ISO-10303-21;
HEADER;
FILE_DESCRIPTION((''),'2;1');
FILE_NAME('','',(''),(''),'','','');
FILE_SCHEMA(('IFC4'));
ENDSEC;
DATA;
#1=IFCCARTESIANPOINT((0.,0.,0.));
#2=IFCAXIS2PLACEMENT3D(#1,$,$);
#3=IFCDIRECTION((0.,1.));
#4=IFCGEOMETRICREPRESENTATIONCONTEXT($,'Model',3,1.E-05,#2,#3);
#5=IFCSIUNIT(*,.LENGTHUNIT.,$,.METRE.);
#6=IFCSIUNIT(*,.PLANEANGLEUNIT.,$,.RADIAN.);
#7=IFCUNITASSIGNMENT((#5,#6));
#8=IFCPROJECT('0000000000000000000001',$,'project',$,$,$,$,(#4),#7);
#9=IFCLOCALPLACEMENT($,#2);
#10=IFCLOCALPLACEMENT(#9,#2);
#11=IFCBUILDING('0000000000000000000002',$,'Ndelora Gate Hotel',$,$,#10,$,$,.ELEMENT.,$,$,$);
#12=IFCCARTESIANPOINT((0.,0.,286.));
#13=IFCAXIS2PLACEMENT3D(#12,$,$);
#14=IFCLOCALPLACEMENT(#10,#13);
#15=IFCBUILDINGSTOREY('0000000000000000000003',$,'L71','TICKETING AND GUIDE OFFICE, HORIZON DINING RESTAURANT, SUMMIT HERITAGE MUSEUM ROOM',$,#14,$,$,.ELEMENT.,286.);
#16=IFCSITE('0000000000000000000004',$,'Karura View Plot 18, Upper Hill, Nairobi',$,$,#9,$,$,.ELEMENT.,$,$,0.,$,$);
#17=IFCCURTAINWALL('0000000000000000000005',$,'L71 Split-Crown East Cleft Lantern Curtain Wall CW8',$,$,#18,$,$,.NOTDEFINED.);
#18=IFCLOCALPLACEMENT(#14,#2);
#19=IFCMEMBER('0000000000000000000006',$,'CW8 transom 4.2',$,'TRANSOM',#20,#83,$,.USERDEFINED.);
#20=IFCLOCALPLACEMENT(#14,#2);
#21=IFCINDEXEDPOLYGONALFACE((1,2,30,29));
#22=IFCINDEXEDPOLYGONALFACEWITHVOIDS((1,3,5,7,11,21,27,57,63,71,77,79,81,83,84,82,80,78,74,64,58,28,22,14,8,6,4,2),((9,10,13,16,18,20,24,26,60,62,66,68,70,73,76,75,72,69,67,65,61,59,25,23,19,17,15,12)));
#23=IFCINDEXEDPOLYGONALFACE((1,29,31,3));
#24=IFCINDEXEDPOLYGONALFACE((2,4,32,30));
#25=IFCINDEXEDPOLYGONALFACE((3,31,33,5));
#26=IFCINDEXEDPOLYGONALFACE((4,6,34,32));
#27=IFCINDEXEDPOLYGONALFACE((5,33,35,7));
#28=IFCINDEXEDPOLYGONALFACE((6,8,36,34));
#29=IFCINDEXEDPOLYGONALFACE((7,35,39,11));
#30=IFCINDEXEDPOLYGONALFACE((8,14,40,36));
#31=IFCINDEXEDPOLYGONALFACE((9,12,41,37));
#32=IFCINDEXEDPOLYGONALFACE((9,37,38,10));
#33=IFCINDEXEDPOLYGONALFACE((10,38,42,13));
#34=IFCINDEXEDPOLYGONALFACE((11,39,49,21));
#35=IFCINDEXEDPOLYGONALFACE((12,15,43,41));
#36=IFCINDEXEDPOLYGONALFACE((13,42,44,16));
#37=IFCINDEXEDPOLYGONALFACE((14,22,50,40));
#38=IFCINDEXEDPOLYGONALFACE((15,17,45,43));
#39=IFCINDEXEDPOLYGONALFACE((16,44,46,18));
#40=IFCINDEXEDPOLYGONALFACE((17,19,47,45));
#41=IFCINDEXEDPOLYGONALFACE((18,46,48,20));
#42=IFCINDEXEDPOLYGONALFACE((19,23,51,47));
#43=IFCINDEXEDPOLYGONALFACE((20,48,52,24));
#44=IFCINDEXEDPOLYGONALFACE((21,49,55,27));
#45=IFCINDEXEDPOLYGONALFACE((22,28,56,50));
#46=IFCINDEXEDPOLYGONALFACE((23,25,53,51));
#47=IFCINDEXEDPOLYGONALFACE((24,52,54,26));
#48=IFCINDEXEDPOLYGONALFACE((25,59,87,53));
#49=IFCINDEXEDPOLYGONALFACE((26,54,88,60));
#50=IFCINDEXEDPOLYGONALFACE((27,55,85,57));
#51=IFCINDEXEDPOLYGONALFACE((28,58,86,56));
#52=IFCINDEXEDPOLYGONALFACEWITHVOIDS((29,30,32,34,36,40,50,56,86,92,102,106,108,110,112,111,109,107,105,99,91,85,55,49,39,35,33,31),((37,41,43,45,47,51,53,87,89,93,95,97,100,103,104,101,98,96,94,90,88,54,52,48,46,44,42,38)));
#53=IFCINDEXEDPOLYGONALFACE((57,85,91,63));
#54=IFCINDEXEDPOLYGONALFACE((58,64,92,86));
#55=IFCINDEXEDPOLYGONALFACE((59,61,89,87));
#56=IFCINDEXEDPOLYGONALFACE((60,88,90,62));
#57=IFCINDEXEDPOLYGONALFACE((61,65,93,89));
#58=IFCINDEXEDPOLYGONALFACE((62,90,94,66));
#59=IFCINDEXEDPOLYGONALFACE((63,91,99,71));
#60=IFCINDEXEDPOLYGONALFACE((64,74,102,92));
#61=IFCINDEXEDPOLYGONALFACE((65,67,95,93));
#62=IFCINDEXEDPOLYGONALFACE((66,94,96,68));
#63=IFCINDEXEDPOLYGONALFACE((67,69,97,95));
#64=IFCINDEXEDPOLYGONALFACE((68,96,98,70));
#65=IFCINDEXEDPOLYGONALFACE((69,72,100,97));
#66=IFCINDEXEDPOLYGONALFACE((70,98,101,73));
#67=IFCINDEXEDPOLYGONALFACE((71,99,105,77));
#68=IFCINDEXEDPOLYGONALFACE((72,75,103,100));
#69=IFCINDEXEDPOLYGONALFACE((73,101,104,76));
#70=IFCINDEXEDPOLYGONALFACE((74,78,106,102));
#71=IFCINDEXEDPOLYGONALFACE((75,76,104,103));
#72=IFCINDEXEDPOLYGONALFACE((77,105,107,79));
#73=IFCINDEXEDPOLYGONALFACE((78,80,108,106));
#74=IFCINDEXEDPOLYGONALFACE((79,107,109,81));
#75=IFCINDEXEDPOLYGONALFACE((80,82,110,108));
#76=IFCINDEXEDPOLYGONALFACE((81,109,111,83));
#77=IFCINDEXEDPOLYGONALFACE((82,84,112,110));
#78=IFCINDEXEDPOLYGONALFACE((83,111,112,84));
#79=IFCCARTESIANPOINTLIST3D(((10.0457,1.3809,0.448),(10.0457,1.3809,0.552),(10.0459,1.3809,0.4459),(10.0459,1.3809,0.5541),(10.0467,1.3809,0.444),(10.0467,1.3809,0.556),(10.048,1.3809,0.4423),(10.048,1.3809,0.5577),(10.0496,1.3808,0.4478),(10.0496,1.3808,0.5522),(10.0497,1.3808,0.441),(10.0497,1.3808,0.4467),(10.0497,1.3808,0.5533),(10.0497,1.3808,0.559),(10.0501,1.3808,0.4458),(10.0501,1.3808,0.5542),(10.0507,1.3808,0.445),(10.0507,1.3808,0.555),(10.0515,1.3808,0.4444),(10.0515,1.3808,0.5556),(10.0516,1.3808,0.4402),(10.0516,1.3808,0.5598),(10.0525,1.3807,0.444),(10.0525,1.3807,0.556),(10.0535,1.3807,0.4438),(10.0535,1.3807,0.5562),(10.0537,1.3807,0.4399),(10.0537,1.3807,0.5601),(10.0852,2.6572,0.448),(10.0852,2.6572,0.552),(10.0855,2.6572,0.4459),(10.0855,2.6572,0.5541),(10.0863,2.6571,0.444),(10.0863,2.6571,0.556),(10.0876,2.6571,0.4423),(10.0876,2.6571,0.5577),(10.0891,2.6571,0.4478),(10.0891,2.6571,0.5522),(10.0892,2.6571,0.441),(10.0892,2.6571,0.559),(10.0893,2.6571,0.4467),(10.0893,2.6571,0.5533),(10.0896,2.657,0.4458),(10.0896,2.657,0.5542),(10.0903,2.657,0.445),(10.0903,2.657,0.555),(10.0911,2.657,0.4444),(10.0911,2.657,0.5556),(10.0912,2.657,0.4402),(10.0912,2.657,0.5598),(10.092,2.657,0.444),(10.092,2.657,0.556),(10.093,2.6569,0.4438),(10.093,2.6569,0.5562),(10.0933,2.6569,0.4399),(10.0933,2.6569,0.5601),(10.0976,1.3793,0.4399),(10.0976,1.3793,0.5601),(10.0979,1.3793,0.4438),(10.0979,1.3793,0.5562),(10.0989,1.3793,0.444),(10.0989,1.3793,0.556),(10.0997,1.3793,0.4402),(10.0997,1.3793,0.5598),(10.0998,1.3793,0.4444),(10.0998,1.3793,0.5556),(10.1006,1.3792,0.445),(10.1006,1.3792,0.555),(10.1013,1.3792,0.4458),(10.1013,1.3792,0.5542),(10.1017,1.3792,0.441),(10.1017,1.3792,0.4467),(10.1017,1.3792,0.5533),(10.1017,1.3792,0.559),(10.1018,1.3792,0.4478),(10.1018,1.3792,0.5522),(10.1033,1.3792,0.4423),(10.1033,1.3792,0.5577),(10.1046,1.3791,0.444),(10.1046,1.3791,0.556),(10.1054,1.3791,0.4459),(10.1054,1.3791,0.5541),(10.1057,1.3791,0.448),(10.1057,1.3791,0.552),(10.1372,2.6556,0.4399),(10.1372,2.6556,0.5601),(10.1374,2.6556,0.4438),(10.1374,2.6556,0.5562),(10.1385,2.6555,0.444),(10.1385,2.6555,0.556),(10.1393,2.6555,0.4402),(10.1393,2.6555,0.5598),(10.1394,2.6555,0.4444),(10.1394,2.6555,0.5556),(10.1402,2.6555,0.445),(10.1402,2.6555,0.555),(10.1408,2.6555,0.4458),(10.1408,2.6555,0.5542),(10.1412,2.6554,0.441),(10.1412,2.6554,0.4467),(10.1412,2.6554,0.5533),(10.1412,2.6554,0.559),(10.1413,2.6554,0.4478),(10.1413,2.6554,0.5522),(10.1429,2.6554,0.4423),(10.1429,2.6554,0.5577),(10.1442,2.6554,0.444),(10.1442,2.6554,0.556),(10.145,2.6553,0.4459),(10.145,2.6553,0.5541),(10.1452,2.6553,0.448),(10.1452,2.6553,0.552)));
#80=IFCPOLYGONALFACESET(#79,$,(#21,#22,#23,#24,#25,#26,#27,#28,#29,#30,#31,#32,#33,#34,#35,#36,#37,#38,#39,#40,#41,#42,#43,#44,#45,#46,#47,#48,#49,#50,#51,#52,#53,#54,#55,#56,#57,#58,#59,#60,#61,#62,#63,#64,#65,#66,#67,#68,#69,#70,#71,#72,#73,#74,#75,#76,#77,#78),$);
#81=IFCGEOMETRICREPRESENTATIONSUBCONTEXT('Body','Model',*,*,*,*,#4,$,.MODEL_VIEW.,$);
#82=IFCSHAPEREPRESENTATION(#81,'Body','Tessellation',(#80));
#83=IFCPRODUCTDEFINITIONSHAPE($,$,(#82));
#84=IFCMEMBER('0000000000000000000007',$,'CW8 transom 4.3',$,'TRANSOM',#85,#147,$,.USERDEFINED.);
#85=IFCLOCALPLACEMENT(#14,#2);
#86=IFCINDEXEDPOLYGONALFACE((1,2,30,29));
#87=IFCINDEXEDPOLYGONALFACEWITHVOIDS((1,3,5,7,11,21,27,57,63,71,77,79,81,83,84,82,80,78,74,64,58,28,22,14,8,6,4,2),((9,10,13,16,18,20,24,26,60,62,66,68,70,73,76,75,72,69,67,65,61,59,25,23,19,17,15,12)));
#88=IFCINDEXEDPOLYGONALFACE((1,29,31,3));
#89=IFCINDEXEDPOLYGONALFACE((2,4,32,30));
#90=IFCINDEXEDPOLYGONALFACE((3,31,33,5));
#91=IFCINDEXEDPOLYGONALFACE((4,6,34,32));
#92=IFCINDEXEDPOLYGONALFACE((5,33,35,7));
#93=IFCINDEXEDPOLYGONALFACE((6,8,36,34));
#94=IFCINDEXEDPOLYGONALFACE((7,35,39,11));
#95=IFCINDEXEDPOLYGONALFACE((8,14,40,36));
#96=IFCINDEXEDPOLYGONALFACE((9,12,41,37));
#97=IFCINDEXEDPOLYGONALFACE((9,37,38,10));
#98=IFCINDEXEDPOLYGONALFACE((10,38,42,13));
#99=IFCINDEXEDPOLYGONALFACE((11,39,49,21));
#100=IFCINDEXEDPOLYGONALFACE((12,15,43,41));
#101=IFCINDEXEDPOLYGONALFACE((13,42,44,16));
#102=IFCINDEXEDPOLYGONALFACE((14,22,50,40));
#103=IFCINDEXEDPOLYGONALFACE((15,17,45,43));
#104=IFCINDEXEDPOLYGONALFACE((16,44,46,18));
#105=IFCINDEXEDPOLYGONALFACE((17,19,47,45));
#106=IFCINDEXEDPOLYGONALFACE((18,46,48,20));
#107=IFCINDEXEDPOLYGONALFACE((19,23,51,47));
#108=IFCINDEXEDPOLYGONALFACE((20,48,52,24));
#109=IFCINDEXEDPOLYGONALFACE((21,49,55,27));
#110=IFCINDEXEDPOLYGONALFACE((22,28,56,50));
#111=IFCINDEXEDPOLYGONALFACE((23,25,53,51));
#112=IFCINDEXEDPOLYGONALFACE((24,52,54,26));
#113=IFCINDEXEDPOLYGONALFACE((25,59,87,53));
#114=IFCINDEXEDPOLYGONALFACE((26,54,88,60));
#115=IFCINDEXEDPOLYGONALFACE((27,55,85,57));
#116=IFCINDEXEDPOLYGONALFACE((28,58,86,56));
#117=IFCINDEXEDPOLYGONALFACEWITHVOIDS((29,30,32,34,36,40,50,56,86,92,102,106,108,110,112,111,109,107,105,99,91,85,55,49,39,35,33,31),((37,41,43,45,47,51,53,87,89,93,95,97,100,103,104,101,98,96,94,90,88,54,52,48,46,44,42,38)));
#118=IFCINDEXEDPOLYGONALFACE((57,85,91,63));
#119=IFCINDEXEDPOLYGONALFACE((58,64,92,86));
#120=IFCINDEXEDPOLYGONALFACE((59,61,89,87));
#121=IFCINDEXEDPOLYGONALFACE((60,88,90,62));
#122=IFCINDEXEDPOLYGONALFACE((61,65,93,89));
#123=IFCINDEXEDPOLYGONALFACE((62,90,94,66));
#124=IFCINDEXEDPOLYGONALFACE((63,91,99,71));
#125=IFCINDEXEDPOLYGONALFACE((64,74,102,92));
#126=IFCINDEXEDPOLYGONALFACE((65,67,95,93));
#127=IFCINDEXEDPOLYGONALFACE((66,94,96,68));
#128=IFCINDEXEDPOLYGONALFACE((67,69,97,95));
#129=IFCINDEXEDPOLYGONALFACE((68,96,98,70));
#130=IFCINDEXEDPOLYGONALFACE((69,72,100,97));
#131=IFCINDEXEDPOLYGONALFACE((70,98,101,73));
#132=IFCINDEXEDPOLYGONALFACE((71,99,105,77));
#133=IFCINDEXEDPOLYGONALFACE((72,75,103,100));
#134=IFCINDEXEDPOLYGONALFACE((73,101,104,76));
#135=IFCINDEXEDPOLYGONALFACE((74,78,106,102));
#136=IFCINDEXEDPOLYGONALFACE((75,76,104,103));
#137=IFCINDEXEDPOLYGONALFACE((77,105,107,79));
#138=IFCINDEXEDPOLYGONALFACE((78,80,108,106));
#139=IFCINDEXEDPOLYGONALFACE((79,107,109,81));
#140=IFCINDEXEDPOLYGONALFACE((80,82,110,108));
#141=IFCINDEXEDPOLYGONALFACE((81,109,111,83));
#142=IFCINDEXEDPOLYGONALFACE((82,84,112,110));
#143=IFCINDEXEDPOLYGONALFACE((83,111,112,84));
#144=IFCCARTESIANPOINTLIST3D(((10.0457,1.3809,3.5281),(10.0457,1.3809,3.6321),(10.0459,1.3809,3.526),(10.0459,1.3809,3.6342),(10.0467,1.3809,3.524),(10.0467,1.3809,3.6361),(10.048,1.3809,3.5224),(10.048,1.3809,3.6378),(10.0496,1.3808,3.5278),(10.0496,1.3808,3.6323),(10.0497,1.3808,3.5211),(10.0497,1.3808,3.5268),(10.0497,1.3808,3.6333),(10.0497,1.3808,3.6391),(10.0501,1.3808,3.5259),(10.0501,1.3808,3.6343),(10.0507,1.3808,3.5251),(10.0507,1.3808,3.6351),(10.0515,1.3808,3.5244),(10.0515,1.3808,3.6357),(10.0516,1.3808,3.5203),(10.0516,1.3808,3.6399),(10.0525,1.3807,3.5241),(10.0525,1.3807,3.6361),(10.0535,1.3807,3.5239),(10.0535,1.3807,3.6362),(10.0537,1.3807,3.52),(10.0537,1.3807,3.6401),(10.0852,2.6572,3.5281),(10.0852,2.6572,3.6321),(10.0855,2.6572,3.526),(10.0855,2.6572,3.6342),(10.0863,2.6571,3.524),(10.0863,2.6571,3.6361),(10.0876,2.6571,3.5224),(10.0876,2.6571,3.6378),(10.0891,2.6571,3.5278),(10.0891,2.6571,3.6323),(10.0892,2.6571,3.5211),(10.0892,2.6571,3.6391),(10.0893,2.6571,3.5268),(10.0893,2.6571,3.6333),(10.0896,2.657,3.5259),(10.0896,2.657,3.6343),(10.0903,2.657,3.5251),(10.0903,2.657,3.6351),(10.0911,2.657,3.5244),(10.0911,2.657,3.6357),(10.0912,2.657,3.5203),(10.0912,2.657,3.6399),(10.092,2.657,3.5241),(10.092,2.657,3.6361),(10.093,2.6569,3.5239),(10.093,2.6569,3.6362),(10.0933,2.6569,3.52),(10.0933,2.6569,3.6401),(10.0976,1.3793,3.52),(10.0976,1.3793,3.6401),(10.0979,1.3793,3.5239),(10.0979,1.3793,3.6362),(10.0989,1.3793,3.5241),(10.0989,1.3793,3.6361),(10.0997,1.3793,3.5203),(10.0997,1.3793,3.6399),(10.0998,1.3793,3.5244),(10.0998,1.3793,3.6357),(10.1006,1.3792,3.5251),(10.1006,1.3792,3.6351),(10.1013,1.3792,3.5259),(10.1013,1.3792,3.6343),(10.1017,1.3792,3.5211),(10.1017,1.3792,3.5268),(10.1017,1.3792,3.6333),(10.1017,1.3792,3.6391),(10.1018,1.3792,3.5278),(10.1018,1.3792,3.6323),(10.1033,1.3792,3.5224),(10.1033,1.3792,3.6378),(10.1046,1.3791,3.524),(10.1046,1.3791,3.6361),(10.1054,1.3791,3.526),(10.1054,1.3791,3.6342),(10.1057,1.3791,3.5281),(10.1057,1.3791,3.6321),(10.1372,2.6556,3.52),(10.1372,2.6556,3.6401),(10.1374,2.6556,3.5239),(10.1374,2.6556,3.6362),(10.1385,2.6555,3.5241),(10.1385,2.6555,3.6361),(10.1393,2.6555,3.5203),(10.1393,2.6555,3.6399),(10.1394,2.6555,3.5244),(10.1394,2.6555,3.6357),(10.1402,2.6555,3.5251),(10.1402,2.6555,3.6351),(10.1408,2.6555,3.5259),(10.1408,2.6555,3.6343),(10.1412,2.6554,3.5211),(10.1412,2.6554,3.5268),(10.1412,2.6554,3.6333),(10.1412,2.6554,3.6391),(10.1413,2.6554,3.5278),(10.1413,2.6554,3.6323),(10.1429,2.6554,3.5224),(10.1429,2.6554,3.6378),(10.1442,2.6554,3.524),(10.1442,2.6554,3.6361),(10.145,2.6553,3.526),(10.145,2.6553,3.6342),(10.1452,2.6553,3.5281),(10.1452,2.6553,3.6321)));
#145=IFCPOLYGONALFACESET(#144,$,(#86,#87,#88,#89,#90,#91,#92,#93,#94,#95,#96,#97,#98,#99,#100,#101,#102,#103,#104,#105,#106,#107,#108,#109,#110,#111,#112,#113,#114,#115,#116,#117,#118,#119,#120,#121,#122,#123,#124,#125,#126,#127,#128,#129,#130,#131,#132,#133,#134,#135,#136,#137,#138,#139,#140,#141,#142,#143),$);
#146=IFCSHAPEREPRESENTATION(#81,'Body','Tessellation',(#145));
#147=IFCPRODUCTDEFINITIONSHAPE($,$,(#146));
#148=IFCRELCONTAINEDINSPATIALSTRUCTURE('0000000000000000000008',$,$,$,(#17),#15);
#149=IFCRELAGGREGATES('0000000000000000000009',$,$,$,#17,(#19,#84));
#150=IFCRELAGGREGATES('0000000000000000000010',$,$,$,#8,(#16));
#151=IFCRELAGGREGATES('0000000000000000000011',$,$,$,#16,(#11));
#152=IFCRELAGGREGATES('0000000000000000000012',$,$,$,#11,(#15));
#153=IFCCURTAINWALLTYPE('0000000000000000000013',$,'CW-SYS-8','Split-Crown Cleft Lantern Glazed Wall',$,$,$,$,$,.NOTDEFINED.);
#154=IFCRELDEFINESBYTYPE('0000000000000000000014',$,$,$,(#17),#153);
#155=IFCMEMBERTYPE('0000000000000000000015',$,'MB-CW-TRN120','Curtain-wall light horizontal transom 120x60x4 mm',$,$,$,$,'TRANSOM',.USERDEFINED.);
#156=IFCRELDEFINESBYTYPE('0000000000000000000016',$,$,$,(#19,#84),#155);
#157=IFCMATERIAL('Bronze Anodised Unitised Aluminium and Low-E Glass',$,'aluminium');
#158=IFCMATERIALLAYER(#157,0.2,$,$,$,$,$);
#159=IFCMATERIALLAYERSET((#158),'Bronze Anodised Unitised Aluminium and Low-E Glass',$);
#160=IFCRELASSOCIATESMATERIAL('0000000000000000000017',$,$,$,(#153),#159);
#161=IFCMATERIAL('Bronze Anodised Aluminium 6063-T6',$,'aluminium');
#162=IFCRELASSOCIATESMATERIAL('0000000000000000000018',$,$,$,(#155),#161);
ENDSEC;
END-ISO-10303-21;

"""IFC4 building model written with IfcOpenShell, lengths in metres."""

from ifc_helpers import new_model, si_unit, direction, frame, origin, origin_2d, place, context, subcontext, project, spatial, hollow_rectangle, extrude, material, layer, layer_set, material_profile, profile_set, type_object, element, aggregate, save


model = new_model("IFC4")

# Units and contexts
model_context = context("Model", 3, precision=1e-05, world=origin(), true_north=direction((0.0, 1.0)))
body_context = subcontext(model_context, "Body", "Model", "MODEL_VIEW")
ifc_project = project(units=[si_unit("LENGTHUNIT", "METRE"), si_unit("PLANEANGLEUNIT", "RADIAN")], contexts=[model_context])

# Site, building, storey
site_placement = place(None, origin())
site = spatial("IfcSite", under=ifc_project, at=site_placement, Name="Karura View Plot 18, Upper Hill, Nairobi", CompositionType="ELEMENT", RefElevation=0.0)
building_placement = place(site_placement, origin())
building = spatial("IfcBuilding", under=site, at=building_placement, Name="Ndelora Gate Hotel", CompositionType="ELEMENT")
storey_placement = place(building_placement, frame((0.0, 0.0, 286.0)))
storey = spatial("IfcBuildingStorey", under=building, at=storey_placement, Name="L71", Description="TICKETING AND GUIDE OFFICE, HORIZON DINING RESTAURANT, SUMMIT HERITAGE MUSEUM ROOM", CompositionType="ELEMENT", Elevation=286.0)

# Curtain wall, members
ifc_material_1 = material(Name="Bronze Anodised Unitised Aluminium and Low-E Glass", Category="aluminium")
ifc_layer_1 = layer(ifc_material_1, 0.2)
ifc_layer_set_1 = layer_set([ifc_layer_1], Name="Bronze Anodised Unitised Aluminium and Low-E Glass")
curtain_wall_type = type_object("IfcCurtainWallType", Name="CW-SYS-8", Description="Split-Crown Cleft Lantern Glazed Wall", PredefinedType="NOTDEFINED", material=ifc_layer_set_1)
curtain_wall_placement = place(storey_placement, origin())
curtain_wall = element("IfcCurtainWall", 1, at=curtain_wall_placement, inside=storey, type_object=curtain_wall_type, Name="L71 Split-Crown East Cleft Lantern Curtain Wall CW8", PredefinedType="NOTDEFINED")
ifc_material_2 = material(Name="Bronze Anodised Aluminium 6063-T6", Category="aluminium")
ifc_material_profile_1 = material_profile(ifc_material_2, hollow_rectangle(XDim=0.0601, YDim=0.1201, WallThickness=0.0039, InnerFilletRadius=0.0039, OuterFilletRadius=0.0081, at=origin_2d()), Name="ALU 120x60x4")
ifc_profile_set_1 = profile_set([ifc_material_profile_1], Name="Bronze Anodised Aluminium 6063-T6")
member_type_1 = type_object("IfcMemberType", Name="MB-CW-TRN120", Description="Curtain-wall light horizontal transom 120x60x4 mm", ElementType="TRANSOM", PredefinedType="USERDEFINED", material=ifc_profile_set_1)
member_1_placement = place(storey_placement, frame((10.1152, 2.6562, 0.5), z_axis=(-0.030978, -0.99952, 0.0), x_axis=(0.99952, -0.030978, 0.0)))
member_1 = element("IfcMember", 2, at=member_1_placement, type_object=member_type_1, Name="CW8 transom 4.2", ObjectType="TRANSOM", PredefinedType="USERDEFINED", context=body_context, shape_type="SweptSolid", body=[
    extrude(hollow_rectangle(XDim=0.0601, YDim=0.1201, WallThickness=0.0039, InnerFilletRadius=0.0039, OuterFilletRadius=0.0081, at=origin_2d()), origin(), (0.0, 0.0, 1.0), 1.2769),
])
member_2_placement = place(storey_placement, frame((10.1152, 2.6562, 3.5801), z_axis=(-0.030978, -0.99952, 0.0), x_axis=(0.99952, -0.030978, 0.0)))
member_2 = element("IfcMember", 3, at=member_2_placement, type_object=member_type_1, Name="CW8 transom 4.3", ObjectType="TRANSOM", PredefinedType="USERDEFINED", context=body_context, shape_type="SweptSolid", body=[
    extrude(hollow_rectangle(XDim=0.0601, YDim=0.1201, WallThickness=0.0039, InnerFilletRadius=0.0039, OuterFilletRadius=0.0081, at=origin_2d()), origin(), (0.0, 0.0, 1.0), 1.2769),
])
aggregate(curtain_wall, [member_1, member_2])

save(model, "model.ifc")
